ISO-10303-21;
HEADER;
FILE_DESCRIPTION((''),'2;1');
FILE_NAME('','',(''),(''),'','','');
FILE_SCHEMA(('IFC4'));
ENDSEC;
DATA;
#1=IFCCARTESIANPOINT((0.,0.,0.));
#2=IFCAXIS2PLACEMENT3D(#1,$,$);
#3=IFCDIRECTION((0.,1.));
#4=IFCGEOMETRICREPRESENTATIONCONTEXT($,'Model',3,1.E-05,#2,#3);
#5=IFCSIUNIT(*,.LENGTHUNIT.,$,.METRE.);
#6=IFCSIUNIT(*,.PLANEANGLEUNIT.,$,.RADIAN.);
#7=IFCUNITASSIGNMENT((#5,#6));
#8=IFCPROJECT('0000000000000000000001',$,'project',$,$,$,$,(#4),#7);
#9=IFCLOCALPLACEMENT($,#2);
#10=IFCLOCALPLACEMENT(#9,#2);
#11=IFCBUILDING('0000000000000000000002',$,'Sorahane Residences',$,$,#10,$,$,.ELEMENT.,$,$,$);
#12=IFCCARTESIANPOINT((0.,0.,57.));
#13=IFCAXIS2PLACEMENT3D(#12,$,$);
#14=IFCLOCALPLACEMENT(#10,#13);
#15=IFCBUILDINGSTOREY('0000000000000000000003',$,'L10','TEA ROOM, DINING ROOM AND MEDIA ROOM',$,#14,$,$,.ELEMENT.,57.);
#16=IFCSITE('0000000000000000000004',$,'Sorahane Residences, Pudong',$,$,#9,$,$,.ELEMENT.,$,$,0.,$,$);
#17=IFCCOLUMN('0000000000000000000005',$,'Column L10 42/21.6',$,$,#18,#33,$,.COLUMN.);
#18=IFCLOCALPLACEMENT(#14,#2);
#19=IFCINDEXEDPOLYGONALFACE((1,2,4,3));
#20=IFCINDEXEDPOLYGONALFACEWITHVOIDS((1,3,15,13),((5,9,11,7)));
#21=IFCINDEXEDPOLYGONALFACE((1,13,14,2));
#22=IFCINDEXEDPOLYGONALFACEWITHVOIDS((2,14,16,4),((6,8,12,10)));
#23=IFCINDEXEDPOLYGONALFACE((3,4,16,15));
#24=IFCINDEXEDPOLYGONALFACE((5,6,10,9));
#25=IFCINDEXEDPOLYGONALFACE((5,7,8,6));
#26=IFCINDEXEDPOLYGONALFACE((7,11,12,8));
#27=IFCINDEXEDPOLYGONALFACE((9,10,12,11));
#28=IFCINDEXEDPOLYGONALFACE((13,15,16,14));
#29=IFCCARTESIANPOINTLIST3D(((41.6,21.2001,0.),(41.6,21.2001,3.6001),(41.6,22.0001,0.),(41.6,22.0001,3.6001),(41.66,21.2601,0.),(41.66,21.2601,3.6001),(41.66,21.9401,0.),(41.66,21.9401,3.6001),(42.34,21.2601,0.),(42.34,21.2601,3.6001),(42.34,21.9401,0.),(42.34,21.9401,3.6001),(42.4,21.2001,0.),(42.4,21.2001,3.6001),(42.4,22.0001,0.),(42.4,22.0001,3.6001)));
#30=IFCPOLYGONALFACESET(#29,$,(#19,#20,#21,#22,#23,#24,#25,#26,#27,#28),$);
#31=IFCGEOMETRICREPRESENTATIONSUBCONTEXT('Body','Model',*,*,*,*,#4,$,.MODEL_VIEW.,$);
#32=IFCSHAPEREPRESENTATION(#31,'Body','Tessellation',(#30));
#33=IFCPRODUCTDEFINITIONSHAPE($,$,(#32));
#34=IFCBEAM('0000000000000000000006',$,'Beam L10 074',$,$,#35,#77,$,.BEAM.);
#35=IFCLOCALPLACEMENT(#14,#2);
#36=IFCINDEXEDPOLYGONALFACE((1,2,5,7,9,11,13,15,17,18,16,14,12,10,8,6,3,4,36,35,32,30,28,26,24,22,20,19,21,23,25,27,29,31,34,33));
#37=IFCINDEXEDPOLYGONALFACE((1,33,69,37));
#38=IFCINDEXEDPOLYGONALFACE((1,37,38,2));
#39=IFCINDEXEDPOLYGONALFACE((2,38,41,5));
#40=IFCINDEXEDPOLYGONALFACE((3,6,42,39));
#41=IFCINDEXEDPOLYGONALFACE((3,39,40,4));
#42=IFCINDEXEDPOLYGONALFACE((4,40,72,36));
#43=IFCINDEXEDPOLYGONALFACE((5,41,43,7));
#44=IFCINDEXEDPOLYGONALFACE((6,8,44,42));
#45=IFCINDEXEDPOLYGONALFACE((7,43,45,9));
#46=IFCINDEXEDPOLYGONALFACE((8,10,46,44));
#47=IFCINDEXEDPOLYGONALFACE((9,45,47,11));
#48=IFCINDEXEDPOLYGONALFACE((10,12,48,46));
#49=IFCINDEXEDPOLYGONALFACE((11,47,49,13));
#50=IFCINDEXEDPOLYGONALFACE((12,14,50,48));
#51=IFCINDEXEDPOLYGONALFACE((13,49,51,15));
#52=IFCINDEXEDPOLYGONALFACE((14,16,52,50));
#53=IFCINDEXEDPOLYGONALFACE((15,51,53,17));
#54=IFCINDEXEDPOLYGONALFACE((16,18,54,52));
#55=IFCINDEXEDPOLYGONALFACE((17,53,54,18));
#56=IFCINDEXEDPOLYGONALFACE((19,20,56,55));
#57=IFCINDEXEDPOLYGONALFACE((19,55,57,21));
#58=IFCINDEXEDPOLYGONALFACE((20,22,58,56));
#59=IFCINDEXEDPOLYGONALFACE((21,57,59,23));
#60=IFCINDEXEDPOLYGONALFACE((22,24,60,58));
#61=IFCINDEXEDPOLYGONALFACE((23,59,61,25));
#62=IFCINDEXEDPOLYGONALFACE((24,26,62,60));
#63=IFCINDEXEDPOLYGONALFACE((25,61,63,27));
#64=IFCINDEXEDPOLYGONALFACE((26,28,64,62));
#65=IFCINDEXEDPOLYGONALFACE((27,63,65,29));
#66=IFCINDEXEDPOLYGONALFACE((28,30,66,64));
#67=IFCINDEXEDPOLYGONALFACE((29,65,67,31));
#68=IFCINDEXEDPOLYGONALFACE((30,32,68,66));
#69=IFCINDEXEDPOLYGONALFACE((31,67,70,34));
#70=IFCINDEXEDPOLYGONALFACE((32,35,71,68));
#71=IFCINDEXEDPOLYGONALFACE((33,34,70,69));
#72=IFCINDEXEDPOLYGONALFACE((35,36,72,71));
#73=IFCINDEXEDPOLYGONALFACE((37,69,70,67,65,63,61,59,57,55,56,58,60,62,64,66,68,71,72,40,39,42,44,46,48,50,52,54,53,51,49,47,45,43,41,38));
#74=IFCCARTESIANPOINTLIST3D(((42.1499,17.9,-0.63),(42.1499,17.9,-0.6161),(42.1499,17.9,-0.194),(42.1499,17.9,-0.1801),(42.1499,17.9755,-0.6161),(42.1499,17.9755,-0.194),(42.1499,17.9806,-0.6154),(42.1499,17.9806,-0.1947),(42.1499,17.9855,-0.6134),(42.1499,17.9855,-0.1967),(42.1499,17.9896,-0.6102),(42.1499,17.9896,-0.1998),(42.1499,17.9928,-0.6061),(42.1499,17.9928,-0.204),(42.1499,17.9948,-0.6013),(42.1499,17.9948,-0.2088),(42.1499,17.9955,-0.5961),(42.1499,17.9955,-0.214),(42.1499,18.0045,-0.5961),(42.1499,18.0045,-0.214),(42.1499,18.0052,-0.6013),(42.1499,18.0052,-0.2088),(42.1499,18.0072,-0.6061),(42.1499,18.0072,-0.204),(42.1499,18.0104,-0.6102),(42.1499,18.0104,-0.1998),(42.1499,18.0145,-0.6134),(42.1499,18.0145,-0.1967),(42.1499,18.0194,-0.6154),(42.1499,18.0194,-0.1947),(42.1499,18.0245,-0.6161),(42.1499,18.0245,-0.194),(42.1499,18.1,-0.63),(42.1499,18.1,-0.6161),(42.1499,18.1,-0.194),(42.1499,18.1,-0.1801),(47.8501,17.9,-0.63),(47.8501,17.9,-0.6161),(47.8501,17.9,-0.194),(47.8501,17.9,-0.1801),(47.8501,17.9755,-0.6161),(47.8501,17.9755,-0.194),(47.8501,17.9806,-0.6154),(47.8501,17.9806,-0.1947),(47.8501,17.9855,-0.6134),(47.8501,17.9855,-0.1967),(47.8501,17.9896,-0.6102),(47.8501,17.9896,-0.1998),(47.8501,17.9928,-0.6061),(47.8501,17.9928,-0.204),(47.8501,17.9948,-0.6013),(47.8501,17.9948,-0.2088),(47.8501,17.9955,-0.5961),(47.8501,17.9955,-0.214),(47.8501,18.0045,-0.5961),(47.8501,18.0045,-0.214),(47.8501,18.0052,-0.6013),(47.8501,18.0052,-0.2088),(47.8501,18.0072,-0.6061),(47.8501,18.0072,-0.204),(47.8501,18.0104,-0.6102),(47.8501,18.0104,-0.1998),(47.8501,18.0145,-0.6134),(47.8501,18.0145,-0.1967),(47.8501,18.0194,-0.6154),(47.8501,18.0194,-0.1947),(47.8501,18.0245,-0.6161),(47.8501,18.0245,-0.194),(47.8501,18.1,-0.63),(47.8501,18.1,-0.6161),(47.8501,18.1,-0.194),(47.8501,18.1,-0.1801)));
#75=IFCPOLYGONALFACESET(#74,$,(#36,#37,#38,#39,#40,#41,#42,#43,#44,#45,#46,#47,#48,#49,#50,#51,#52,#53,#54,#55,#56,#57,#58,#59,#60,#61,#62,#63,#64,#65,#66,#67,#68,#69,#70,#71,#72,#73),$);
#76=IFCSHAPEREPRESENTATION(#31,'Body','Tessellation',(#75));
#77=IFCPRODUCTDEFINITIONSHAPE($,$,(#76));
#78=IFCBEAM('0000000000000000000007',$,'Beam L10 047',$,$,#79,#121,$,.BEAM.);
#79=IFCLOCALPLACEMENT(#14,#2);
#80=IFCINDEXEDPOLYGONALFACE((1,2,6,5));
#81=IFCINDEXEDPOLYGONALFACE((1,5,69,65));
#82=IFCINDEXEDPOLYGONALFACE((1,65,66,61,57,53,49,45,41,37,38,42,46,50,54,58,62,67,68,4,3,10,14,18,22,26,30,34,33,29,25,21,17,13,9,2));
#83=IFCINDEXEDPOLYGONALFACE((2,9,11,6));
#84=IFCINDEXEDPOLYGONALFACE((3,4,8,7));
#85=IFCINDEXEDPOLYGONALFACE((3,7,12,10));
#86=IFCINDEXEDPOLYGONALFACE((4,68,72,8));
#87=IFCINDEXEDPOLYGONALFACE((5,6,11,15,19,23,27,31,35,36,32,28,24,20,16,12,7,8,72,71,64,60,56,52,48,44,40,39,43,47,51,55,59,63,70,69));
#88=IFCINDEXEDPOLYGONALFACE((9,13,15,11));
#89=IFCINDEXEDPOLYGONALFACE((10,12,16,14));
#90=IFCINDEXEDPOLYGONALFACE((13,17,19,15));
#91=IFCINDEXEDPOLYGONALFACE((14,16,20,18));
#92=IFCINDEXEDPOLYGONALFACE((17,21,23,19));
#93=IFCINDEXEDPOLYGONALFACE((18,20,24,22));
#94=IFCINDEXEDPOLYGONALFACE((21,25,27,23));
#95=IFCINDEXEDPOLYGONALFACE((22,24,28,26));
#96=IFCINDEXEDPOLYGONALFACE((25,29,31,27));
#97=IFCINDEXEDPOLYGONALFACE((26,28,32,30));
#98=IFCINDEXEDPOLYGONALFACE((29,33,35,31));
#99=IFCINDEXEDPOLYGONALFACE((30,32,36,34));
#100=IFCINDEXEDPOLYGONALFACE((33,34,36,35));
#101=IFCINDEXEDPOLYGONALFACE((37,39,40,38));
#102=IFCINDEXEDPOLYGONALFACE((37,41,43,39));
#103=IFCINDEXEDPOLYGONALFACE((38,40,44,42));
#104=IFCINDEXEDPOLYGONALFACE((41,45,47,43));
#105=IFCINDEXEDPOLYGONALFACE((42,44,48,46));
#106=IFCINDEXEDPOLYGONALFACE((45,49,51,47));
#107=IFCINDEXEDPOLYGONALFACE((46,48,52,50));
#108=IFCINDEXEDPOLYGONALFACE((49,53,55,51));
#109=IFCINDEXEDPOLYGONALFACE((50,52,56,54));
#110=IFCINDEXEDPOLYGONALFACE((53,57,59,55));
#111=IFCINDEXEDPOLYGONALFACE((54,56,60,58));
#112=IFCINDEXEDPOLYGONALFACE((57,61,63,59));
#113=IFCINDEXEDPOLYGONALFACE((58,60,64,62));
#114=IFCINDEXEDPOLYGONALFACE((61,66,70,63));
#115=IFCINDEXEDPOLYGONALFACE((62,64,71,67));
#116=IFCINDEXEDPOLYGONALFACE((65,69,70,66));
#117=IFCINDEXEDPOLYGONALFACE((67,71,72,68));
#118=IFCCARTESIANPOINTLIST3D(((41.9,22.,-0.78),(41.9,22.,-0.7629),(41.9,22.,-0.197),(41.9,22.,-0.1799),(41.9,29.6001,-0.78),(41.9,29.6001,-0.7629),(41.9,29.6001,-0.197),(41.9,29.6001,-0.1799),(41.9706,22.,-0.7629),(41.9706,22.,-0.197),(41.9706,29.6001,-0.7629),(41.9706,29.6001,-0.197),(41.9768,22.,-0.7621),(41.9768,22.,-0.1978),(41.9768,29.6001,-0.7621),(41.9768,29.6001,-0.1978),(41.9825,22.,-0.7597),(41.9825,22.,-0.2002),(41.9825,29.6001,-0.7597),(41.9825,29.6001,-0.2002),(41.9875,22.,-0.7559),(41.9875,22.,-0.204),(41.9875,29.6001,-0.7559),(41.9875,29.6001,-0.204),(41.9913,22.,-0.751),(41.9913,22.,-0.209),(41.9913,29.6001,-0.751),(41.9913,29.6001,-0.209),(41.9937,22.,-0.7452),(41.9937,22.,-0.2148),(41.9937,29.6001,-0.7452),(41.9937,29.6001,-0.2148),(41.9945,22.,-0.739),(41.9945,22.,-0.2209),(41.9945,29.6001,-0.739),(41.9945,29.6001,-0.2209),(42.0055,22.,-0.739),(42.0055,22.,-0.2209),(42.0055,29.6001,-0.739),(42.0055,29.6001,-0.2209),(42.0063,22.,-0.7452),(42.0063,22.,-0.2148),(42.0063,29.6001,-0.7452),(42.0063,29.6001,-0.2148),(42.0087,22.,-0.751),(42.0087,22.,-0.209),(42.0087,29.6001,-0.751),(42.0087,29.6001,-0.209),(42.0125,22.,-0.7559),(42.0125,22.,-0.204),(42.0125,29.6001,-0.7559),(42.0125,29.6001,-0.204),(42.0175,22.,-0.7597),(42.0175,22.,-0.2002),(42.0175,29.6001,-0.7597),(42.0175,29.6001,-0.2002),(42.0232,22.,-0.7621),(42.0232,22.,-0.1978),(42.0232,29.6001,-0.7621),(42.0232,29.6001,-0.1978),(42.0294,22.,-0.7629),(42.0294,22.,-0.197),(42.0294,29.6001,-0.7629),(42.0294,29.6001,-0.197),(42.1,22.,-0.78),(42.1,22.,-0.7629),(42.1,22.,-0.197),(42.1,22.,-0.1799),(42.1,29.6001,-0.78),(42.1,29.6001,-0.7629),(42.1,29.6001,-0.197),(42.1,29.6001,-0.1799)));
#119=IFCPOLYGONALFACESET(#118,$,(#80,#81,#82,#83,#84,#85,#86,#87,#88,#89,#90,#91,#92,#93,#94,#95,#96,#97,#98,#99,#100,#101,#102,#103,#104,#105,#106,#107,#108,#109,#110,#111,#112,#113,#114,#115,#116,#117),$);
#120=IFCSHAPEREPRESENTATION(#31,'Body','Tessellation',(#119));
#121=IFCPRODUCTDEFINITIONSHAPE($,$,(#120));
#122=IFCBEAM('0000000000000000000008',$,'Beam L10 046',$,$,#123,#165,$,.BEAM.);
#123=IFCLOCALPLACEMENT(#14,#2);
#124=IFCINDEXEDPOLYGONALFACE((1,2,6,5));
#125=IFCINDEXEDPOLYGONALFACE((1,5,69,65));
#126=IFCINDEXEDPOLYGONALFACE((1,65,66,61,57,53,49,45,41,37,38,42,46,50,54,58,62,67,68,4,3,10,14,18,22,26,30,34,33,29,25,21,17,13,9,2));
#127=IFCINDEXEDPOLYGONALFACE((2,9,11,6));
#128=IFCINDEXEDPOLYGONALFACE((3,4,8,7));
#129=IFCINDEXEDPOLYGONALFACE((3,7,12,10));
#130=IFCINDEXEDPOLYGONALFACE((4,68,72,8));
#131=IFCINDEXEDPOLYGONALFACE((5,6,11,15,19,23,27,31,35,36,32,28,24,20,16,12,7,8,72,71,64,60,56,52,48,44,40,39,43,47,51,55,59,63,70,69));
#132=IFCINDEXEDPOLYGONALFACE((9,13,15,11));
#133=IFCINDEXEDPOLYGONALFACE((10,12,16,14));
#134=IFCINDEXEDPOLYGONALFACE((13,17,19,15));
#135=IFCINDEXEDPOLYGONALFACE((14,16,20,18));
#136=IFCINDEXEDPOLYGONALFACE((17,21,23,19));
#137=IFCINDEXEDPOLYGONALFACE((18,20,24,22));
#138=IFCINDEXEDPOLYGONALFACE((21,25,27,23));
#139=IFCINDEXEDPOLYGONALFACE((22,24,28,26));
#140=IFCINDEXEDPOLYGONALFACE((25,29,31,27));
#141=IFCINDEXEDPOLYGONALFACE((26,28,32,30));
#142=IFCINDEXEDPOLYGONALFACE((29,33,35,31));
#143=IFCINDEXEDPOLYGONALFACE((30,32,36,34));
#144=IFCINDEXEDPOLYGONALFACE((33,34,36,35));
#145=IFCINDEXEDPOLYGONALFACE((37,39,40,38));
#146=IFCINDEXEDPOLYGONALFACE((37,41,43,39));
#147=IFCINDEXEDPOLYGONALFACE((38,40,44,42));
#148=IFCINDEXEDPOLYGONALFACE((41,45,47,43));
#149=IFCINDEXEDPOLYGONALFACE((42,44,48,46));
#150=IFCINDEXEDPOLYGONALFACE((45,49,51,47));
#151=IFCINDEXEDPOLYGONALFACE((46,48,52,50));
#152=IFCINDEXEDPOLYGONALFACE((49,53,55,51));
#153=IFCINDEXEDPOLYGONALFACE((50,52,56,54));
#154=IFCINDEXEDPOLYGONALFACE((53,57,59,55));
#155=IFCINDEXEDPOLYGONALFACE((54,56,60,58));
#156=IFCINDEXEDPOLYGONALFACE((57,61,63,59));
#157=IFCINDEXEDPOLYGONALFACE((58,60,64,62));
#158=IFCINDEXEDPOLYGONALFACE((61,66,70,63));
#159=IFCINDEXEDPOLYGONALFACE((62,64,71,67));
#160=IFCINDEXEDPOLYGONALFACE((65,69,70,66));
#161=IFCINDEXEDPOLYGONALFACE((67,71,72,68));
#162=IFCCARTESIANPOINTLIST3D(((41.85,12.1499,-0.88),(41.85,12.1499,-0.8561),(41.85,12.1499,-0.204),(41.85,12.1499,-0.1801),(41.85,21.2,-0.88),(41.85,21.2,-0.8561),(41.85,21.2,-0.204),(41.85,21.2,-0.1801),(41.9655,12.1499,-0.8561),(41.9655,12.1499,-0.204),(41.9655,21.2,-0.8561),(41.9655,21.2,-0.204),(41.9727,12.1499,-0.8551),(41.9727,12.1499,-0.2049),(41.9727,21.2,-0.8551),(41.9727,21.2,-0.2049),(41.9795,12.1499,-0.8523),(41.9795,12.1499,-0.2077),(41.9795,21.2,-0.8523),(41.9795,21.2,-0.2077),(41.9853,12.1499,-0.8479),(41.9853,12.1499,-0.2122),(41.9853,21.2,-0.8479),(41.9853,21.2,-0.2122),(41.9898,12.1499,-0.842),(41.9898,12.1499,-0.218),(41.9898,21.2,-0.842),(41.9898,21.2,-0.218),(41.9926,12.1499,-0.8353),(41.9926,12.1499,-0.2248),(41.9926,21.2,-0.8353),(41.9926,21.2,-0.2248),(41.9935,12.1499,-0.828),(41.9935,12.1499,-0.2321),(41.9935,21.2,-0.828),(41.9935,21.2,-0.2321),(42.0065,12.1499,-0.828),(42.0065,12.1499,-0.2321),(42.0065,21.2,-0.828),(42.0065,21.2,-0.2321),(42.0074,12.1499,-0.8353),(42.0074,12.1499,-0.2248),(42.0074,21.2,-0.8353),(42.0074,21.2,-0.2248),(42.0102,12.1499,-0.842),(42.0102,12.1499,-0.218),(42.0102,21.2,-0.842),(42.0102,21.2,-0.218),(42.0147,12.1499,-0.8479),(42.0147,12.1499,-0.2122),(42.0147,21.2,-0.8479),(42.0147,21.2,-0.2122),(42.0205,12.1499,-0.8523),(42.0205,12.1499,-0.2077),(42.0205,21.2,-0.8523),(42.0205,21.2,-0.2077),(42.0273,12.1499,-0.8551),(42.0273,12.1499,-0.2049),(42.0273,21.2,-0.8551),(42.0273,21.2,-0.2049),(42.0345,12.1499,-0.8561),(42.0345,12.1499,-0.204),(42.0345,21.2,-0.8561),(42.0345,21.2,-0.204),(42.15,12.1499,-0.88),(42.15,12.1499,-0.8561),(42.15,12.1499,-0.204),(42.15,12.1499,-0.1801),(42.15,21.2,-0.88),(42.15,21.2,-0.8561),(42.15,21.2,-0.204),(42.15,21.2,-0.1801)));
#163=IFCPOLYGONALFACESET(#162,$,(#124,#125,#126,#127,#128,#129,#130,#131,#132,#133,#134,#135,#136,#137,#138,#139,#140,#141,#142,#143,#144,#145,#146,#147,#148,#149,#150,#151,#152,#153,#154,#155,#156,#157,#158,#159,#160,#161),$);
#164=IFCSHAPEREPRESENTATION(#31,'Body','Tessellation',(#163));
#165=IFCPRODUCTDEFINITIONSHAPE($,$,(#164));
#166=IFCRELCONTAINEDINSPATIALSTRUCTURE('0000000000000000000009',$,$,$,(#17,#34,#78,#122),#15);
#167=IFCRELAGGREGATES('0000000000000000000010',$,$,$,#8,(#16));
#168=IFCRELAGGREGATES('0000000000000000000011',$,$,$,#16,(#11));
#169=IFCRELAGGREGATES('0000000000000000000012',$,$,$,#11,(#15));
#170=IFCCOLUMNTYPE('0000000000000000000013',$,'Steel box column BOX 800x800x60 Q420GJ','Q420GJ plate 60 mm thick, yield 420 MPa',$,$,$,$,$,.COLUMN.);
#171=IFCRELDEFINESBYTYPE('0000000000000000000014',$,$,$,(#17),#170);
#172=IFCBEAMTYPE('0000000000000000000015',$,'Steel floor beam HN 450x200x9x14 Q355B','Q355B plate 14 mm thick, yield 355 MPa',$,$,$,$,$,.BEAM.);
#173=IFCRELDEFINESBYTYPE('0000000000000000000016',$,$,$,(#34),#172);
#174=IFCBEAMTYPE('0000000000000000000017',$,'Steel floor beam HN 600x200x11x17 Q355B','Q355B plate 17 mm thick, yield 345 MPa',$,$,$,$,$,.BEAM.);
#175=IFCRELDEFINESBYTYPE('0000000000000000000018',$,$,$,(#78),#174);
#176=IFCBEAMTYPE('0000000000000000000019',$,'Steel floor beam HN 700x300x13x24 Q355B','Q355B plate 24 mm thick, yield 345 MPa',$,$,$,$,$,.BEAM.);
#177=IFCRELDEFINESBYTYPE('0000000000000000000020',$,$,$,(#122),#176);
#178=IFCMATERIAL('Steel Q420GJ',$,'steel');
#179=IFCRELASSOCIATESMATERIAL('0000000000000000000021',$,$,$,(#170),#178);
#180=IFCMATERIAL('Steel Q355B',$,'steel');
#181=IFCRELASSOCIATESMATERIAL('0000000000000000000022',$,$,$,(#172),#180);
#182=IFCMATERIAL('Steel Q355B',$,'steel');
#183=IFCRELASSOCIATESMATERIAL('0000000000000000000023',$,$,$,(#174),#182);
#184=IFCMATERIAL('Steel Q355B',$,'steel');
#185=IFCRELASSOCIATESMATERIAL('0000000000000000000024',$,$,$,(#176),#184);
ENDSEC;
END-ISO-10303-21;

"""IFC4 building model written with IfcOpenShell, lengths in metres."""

from ifc_helpers import new_model, si_unit, direction, frame, origin, origin_2d, place, context, subcontext, project, spatial, hollow_rectangle, i_section, extrude, material, material_profile, profile_set, type_object, element, save


model = new_model("IFC4")

# Units and contexts
model_context = context("Model", 3, precision=1e-05, world=origin(), true_north=direction((0.0, 1.0)))
body_context = subcontext(model_context, "Body", "Model", "MODEL_VIEW")
ifc_project = project(units=[si_unit("LENGTHUNIT", "METRE"), si_unit("PLANEANGLEUNIT", "RADIAN")], contexts=[model_context])

# Site, building, storey
site_placement = place(None, origin())
site = spatial("IfcSite", under=ifc_project, at=site_placement, Name="Sorahane Residences, Pudong", CompositionType="ELEMENT", RefElevation=0.0)
building_placement = place(site_placement, origin())
building = spatial("IfcBuilding", under=site, at=building_placement, Name="Sorahane Residences", CompositionType="ELEMENT")
storey_placement = place(building_placement, frame((0.0, 0.0, 57.0)))
storey = spatial("IfcBuildingStorey", under=building, at=storey_placement, Name="L10", Description="TEA ROOM, DINING ROOM AND MEDIA ROOM", CompositionType="ELEMENT", Elevation=57.0)

# Column
ifc_material_1 = material(Name="Steel Q420GJ", Category="steel")
ifc_material_profile_1 = material_profile(ifc_material_1, hollow_rectangle(XDim=0.8, YDim=0.8, WallThickness=0.0601, at=origin_2d()), Name="BOX 800x800x60")
ifc_profile_set_1 = profile_set([ifc_material_profile_1], Name="Steel Q420GJ")
column_type = type_object("IfcColumnType", Name="Steel box column BOX 800x800x60 Q420GJ", Description="Q420GJ plate 60 mm thick, yield 420 MPa", PredefinedType="COLUMN", material=ifc_profile_set_1)
column_placement = place(storey_placement, frame((42.0, 21.6001, 0.0), z_axis=(0.0, 0.0, 1.0), x_axis=(1.0, 0.0, 0.0)))
element("IfcColumn", 1, at=column_placement, inside=storey, type_object=column_type, Name="Column L10 42/21.6", PredefinedType="COLUMN", context=body_context, shape_type="SweptSolid", body=[
    extrude(hollow_rectangle(XDim=0.8, YDim=0.8, WallThickness=0.0601, at=origin_2d()), origin(), (0.0, 0.0, 1.0), 3.6001),
])

# Beams
ifc_material_2 = material(Name="Steel Q355B", Category="steel")
ifc_material_profile_2 = material_profile(ifc_material_2, i_section(OverallWidth=0.2, OverallDepth=0.45, WebThickness=0.009, FlangeThickness=0.0139, FilletRadius=0.02, at=origin_2d()), Name="HN 450x200x9x14")
ifc_profile_set_2 = profile_set([ifc_material_profile_2], Name="Steel Q355B")
beam_type_1 = type_object("IfcBeamType", Name="Steel floor beam HN 450x200x9x14 Q355B", Description="Q355B plate 14 mm thick, yield 355 MPa", PredefinedType="BEAM", material=ifc_profile_set_2)
beam_1_placement = place(storey_placement, frame((42.1499, 18.0, -0.405), z_axis=(1.0, 0.0, 0.0), x_axis=(0.0, 1.0, 0.0)))
element("IfcBeam", 2, at=beam_1_placement, inside=storey, type_object=beam_type_1, Name="Beam L10 074", PredefinedType="BEAM", context=body_context, shape_type="SweptSolid", body=[
    extrude(i_section(OverallWidth=0.2, OverallDepth=0.45, WebThickness=0.009, FlangeThickness=0.0139, FilletRadius=0.02, at=origin_2d()), origin(), (0.0, 0.0, 1.0), 5.7002),
])
ifc_material_3 = material(Name="Steel Q355B", Category="steel")
ifc_material_profile_3 = material_profile(ifc_material_3, i_section(OverallWidth=0.2, OverallDepth=0.6001, WebThickness=0.011, FlangeThickness=0.0171, FilletRadius=0.0239, at=origin_2d()), Name="HN 600x200x11x17")
ifc_profile_set_3 = profile_set([ifc_material_profile_3], Name="Steel Q355B")
beam_type_2 = type_object("IfcBeamType", Name="Steel floor beam HN 600x200x11x17 Q355B", Description="Q355B plate 17 mm thick, yield 345 MPa", PredefinedType="BEAM", material=ifc_profile_set_3)
beam_2_placement = place(storey_placement, frame((42.0, 22.0, -0.48), z_axis=(0.0, 1.0, 0.0), x_axis=(-1.0, 0.0, 0.0)))
element("IfcBeam", 3, at=beam_2_placement, inside=storey, type_object=beam_type_2, Name="Beam L10 047", PredefinedType="BEAM", context=body_context, shape_type="SweptSolid", body=[
    extrude(i_section(OverallWidth=0.2, OverallDepth=0.6001, WebThickness=0.011, FlangeThickness=0.0171, FilletRadius=0.0239, at=origin_2d()), origin(), (0.0, 0.0, 1.0), 7.6001),
])
ifc_material_4 = material(Name="Steel Q355B", Category="steel")
ifc_material_profile_4 = material_profile(ifc_material_4, i_section(OverallWidth=0.3, OverallDepth=0.7, WebThickness=0.0129, FlangeThickness=0.0239, FilletRadius=0.0281, at=origin_2d()), Name="HN 700x300x13x24")
ifc_profile_set_4 = profile_set([ifc_material_profile_4], Name="Steel Q355B")
beam_type_3 = type_object("IfcBeamType", Name="Steel floor beam HN 700x300x13x24 Q355B", Description="Q355B plate 24 mm thick, yield 345 MPa", PredefinedType="BEAM", material=ifc_profile_set_4)
beam_3_placement = place(storey_placement, frame((42.0, 12.1499, -0.53), z_axis=(0.0, 1.0, 0.0), x_axis=(-1.0, 0.0, 0.0)))
element("IfcBeam", 4, at=beam_3_placement, inside=storey, type_object=beam_type_3, Name="Beam L10 046", PredefinedType="BEAM", context=body_context, shape_type="SweptSolid", body=[
    extrude(i_section(OverallWidth=0.3, OverallDepth=0.7, WebThickness=0.0129, FlangeThickness=0.0239, FilletRadius=0.0281, at=origin_2d()), origin(), (0.0, 0.0, 1.0), 9.05),
])

save(model, "model.ifc")
